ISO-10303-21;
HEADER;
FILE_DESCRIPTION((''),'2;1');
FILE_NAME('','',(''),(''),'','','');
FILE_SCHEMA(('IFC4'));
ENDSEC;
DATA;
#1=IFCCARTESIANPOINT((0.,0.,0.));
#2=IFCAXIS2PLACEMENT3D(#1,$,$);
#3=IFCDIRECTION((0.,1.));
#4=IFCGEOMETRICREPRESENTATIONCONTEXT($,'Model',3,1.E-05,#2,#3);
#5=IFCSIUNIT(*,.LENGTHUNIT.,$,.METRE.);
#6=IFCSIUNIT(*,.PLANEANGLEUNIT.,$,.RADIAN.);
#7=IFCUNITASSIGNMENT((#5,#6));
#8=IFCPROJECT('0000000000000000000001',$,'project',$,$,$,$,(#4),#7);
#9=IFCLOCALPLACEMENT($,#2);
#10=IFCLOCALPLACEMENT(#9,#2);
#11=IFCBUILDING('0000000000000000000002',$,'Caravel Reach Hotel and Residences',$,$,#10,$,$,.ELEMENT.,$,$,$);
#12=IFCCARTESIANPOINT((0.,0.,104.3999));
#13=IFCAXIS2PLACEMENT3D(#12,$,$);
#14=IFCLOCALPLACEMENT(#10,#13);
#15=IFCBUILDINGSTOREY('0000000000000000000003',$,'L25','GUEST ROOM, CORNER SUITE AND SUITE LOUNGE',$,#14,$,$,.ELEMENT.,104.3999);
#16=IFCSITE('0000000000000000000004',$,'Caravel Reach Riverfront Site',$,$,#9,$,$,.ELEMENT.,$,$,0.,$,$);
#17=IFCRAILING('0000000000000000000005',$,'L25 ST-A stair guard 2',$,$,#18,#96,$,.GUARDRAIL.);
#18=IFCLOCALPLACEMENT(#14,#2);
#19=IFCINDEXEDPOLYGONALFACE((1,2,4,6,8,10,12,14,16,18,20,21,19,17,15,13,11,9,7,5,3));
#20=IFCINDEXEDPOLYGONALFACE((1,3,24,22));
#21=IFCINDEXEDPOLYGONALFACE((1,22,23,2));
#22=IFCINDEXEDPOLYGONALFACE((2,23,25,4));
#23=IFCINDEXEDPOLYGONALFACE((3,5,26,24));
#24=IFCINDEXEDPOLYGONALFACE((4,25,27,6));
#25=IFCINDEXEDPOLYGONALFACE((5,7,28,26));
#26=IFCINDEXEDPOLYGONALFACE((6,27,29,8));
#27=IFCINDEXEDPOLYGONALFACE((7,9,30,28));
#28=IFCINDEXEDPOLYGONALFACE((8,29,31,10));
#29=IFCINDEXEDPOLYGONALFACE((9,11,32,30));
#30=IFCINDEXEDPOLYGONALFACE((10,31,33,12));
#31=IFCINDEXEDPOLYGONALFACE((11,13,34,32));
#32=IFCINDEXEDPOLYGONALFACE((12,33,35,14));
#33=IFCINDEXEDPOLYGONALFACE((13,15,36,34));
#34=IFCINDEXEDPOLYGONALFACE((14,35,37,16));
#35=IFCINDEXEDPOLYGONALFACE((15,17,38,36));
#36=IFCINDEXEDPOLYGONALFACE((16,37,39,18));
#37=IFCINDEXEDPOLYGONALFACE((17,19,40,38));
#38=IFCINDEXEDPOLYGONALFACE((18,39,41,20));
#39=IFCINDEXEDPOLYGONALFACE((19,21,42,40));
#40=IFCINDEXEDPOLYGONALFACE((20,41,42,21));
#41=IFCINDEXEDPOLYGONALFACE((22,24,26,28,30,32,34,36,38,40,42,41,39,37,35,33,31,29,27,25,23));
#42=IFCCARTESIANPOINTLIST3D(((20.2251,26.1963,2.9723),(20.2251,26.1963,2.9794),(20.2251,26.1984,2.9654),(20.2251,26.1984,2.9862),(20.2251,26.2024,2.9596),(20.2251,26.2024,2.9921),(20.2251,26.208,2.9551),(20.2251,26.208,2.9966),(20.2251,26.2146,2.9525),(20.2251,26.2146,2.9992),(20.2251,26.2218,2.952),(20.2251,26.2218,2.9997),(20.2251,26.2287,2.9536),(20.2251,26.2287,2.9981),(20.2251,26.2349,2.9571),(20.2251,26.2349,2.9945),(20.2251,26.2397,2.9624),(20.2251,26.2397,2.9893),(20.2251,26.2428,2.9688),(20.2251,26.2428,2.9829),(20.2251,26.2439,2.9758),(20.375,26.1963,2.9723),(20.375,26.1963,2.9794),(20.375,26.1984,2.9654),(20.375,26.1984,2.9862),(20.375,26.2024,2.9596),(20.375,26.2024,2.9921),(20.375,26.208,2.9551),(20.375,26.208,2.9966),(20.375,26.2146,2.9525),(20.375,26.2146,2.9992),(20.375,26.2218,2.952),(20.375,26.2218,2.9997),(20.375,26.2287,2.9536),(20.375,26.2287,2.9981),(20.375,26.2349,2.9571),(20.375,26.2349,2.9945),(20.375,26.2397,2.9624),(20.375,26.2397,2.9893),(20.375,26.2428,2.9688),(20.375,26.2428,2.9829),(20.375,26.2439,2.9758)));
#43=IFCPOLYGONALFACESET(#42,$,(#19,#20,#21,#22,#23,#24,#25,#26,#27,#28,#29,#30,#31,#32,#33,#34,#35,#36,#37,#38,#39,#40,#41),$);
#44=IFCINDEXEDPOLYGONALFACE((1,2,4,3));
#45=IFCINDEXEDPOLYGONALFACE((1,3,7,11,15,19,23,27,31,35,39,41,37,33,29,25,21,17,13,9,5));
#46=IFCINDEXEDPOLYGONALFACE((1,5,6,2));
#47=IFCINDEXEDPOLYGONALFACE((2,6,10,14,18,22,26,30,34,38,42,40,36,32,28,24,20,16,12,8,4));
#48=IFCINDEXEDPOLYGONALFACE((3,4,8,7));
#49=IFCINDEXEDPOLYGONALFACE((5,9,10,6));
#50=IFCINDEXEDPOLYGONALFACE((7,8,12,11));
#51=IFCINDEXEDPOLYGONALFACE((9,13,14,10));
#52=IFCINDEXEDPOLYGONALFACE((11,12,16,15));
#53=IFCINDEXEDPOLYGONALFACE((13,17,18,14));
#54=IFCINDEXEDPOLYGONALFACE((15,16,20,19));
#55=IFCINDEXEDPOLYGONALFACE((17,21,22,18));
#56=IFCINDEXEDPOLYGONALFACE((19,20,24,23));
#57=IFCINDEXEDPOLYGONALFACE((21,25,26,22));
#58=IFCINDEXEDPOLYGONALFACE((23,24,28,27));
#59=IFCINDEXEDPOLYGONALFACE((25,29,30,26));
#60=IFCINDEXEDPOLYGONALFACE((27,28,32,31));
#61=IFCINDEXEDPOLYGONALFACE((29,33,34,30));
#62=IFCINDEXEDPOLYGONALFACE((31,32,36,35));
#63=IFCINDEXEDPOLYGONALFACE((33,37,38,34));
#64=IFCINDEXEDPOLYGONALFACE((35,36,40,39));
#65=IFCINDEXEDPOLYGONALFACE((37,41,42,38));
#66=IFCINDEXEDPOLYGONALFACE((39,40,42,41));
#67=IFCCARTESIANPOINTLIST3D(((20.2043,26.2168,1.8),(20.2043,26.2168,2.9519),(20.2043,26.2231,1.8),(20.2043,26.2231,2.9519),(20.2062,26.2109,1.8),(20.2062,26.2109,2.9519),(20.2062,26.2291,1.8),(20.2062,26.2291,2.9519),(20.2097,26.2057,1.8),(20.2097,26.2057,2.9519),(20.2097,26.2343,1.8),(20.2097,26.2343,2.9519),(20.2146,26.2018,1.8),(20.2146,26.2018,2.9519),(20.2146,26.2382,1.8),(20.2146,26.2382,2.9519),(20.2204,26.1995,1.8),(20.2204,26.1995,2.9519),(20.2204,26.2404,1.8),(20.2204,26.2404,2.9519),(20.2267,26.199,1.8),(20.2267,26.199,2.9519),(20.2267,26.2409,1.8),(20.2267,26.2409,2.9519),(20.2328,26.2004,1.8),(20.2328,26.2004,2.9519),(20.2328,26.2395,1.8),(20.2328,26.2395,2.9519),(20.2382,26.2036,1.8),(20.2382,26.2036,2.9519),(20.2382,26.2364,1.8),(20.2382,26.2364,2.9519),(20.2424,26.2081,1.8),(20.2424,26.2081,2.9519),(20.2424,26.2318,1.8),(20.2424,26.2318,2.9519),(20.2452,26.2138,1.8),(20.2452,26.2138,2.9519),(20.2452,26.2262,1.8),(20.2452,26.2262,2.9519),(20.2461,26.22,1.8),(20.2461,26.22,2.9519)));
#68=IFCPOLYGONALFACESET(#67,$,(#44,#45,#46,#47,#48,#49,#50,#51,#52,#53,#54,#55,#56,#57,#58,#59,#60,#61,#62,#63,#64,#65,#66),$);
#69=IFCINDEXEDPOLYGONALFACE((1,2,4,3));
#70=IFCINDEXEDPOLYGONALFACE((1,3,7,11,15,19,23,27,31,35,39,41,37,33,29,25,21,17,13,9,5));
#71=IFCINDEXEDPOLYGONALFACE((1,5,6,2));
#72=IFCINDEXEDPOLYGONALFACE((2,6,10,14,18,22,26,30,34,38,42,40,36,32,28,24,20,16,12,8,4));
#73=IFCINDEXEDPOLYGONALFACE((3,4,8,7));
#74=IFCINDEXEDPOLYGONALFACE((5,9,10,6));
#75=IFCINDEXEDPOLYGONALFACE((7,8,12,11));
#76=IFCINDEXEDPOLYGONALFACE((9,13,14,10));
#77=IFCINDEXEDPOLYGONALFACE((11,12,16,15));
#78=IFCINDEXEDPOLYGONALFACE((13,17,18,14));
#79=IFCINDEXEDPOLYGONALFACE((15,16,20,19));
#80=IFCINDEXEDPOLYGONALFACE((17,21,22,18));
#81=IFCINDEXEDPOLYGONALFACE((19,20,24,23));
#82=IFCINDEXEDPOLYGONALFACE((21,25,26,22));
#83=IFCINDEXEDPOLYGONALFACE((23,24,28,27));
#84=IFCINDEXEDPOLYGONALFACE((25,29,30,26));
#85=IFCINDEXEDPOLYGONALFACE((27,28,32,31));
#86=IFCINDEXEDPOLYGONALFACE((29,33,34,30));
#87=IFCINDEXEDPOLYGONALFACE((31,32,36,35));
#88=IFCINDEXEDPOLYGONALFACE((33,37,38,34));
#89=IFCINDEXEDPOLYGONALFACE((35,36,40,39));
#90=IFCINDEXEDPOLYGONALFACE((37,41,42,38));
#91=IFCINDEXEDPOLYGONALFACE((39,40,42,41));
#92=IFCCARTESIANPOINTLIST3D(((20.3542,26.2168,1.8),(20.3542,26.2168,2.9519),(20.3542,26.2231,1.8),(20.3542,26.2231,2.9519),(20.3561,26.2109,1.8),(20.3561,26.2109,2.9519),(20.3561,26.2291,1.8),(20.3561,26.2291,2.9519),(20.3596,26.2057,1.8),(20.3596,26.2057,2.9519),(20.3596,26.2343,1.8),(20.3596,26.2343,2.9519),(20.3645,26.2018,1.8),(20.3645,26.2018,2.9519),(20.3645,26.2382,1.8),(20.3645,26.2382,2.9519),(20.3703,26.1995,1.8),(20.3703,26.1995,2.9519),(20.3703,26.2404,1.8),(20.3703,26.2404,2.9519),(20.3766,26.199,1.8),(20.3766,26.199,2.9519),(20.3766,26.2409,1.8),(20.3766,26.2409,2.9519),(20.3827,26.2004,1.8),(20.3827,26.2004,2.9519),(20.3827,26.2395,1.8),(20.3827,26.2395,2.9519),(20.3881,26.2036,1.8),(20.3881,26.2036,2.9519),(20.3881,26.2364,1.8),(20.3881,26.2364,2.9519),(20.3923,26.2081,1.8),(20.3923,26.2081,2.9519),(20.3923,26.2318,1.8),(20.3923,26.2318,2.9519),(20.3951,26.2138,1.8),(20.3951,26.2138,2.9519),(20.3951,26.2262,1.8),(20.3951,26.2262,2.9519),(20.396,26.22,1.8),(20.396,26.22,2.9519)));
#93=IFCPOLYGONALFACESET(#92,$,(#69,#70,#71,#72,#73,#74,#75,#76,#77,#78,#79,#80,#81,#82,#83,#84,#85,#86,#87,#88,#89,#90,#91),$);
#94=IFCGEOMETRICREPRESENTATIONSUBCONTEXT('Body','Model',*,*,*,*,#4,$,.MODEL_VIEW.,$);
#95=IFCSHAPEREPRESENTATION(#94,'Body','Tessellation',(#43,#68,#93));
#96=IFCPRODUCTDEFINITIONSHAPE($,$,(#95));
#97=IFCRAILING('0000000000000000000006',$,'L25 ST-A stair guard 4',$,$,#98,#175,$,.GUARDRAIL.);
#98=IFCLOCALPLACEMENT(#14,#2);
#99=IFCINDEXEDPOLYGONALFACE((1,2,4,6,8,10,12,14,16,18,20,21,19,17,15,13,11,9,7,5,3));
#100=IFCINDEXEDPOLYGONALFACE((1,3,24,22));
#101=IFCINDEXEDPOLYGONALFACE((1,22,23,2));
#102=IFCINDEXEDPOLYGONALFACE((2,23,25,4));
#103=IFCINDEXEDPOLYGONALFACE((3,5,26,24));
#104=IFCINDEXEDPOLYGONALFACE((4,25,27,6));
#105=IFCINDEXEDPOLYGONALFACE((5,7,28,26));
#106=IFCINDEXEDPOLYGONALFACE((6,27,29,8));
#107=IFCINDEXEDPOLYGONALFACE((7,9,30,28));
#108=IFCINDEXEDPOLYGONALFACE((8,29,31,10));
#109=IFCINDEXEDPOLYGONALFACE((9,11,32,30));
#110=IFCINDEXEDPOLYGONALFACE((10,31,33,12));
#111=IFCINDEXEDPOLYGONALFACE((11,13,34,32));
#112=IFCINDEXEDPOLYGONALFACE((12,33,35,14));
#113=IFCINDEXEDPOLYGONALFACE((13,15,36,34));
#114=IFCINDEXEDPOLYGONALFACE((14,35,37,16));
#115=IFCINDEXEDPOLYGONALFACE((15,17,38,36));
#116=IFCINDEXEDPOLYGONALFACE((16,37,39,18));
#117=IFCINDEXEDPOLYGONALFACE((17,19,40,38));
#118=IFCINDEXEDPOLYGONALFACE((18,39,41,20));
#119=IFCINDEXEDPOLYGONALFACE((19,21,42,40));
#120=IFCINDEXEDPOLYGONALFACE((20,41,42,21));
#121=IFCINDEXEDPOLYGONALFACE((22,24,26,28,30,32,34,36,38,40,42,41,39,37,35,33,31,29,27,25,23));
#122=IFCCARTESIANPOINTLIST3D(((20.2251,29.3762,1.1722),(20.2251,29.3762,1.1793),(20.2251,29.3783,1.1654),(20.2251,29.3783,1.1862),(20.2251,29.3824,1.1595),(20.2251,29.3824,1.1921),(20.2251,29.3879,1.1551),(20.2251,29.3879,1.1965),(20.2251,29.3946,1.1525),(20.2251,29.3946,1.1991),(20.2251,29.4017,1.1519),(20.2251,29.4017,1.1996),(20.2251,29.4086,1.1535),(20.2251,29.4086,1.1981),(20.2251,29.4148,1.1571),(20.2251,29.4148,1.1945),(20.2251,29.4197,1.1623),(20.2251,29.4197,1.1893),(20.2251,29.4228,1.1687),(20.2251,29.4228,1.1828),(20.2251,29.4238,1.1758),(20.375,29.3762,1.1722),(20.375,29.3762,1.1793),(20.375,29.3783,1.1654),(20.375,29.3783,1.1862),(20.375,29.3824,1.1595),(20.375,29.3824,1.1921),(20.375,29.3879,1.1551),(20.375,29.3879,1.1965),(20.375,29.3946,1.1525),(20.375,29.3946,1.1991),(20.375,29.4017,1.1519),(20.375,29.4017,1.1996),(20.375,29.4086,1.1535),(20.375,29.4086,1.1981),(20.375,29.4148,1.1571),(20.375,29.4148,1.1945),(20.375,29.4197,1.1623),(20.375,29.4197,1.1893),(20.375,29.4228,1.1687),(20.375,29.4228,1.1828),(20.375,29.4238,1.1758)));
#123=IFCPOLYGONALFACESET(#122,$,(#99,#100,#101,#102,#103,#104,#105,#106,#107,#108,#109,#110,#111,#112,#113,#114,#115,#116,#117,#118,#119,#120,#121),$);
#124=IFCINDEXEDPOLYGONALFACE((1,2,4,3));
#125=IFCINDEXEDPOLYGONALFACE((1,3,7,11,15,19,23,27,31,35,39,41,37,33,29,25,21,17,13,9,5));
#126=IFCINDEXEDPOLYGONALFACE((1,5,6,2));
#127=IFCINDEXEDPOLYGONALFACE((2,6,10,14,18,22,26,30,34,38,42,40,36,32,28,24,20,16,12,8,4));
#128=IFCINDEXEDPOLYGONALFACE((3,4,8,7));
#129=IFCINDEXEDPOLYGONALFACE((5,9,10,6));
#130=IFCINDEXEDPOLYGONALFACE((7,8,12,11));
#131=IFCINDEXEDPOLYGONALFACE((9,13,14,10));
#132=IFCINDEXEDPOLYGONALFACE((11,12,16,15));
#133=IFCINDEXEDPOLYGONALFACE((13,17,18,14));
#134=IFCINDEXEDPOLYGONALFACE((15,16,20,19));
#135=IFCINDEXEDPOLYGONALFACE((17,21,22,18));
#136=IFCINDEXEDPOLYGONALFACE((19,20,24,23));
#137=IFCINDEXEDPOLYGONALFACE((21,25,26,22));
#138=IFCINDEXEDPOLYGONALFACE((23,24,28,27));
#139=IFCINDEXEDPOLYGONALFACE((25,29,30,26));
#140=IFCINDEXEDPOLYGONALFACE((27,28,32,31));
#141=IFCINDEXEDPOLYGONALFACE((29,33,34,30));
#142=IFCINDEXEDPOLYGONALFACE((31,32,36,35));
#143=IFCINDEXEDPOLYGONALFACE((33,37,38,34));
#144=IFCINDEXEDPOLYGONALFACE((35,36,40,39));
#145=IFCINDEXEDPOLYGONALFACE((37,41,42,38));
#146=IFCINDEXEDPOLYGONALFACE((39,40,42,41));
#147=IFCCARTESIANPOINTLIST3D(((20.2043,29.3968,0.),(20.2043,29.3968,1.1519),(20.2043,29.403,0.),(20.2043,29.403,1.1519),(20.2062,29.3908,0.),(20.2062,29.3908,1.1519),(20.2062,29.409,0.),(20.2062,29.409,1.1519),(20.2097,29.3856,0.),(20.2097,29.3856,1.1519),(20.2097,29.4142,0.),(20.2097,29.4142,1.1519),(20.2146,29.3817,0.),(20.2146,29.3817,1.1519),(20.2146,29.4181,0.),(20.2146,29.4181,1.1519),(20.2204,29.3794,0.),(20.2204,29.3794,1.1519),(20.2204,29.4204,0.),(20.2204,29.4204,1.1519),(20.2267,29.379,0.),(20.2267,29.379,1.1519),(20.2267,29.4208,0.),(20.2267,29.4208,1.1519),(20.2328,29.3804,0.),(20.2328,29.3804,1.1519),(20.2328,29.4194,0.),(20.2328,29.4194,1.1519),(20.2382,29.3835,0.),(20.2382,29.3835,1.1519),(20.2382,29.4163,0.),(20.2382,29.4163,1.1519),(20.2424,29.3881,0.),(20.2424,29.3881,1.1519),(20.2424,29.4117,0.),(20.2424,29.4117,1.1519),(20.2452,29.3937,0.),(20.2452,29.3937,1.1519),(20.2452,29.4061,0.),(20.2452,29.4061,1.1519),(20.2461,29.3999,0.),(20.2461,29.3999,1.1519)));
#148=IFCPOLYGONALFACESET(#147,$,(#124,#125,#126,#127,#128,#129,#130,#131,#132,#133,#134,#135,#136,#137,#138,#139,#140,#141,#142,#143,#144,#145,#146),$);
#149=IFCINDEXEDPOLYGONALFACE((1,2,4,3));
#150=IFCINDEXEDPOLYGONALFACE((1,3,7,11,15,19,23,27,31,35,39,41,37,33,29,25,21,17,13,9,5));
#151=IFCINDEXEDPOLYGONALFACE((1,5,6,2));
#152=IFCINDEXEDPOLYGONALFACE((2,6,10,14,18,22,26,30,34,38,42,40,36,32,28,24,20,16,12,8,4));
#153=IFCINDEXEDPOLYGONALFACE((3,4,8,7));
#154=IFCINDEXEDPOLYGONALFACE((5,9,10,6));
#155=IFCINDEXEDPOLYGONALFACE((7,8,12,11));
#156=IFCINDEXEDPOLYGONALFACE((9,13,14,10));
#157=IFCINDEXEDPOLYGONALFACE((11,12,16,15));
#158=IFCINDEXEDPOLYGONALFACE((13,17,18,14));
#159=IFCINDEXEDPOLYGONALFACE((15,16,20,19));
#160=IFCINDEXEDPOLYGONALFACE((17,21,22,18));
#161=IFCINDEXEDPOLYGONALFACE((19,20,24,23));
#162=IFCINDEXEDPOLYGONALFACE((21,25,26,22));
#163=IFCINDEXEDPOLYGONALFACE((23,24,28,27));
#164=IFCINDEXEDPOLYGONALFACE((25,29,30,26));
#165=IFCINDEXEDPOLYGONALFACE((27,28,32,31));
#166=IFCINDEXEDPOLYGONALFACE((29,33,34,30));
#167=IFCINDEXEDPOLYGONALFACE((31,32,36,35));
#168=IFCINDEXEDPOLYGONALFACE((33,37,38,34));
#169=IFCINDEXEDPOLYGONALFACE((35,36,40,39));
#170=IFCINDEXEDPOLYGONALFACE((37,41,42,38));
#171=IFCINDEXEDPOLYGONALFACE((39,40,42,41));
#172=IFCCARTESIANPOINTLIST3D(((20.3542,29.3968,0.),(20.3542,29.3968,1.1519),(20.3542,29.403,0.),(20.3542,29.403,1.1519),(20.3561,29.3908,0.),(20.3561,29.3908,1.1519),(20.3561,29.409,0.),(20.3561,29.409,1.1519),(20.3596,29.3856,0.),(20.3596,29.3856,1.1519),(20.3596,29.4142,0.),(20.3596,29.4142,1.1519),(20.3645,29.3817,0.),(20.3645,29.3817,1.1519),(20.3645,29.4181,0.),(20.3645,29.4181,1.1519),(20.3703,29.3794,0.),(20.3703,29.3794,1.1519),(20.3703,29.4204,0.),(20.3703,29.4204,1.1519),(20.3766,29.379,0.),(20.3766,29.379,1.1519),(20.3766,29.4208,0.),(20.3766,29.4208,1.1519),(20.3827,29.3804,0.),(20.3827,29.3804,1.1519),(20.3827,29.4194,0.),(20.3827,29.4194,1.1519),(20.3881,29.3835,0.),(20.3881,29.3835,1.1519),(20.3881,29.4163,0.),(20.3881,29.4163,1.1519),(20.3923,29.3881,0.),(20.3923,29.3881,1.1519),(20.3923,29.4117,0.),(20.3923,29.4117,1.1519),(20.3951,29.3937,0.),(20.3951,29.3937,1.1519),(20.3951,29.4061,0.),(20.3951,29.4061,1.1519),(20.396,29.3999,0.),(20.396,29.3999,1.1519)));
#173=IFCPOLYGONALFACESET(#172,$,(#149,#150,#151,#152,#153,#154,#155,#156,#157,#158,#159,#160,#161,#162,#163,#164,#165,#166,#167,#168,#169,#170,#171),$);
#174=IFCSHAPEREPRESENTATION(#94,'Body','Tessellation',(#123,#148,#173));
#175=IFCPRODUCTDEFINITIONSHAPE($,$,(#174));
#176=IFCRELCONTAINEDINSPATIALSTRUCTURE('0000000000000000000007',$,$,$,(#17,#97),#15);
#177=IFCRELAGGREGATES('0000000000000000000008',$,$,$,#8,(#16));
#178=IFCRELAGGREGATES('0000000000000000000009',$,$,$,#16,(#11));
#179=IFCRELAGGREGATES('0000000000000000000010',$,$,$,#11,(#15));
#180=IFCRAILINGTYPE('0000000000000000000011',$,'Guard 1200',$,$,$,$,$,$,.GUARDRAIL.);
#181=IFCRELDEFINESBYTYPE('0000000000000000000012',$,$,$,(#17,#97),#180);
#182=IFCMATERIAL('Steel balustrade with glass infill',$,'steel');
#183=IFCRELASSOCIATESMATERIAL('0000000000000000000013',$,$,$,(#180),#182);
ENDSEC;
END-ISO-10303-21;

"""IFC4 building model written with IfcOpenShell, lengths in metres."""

from ifc_helpers import new_model, si_unit, direction, frame, origin, origin_2d, place, context, subcontext, project, spatial, circle, extrude, material, type_object, element, save


model = new_model("IFC4")

# Units and contexts
model_context = context("Model", 3, precision=1e-05, world=origin(), true_north=direction((0.0, 1.0)))
body_context = subcontext(model_context, "Body", "Model", "MODEL_VIEW")
ifc_project = project(units=[si_unit("LENGTHUNIT", "METRE"), si_unit("PLANEANGLEUNIT", "RADIAN")], contexts=[model_context])

# Site, building, storey
site_placement = place(None, origin())
site = spatial("IfcSite", under=ifc_project, at=site_placement, Name="Caravel Reach Riverfront Site", CompositionType="ELEMENT", RefElevation=0.0)
building_placement = place(site_placement, origin())
building = spatial("IfcBuilding", under=site, at=building_placement, Name="Caravel Reach Hotel and Residences", CompositionType="ELEMENT")
storey_placement = place(building_placement, frame((0.0, 0.0, 104.3999)))
storey = spatial("IfcBuildingStorey", under=building, at=storey_placement, Name="L25", Description="GUEST ROOM, CORNER SUITE AND SUITE LOUNGE", CompositionType="ELEMENT", Elevation=104.3999)

# Railings
ifc_material_1 = material(Name="Steel balustrade with glass infill", Category="steel")
railing_type_1 = type_object("IfcRailingType", Name="Guard 1200", PredefinedType="GUARDRAIL", material=ifc_material_1)
for number, where, name in (
    (1, (20.2251, 26.22, 1.8), "L25 ST-A stair guard 2"),
    (2, (20.2251, 29.3999, 0.0), "L25 ST-A stair guard 4"),
):
    element("IfcRailing", number, at=place(storey_placement, frame(where)), inside=storey, type_object=railing_type_1, Name=name, PredefinedType="GUARDRAIL", context=body_context, shape_type="SweptSolid", body=[
        extrude(circle(Radius=0.0239, at=origin_2d()), frame((0.0, 0.0, 1.1758), z_axis=(1.0, 0.0, 0.0), x_axis=(0.0, 1.0, 0.0)), (0.0, 0.0, 1.0), 0.1499),
        extrude(circle(Radius=0.021, at=origin_2d()), origin(), (0.0, 0.0, 1.0), 1.1519),
        extrude(circle(Radius=0.021, at=origin_2d()), frame((0.1499, 0.0, 0.0)), (0.0, 0.0, 1.0), 1.1519),
    ])

save(model, "model.ifc")
